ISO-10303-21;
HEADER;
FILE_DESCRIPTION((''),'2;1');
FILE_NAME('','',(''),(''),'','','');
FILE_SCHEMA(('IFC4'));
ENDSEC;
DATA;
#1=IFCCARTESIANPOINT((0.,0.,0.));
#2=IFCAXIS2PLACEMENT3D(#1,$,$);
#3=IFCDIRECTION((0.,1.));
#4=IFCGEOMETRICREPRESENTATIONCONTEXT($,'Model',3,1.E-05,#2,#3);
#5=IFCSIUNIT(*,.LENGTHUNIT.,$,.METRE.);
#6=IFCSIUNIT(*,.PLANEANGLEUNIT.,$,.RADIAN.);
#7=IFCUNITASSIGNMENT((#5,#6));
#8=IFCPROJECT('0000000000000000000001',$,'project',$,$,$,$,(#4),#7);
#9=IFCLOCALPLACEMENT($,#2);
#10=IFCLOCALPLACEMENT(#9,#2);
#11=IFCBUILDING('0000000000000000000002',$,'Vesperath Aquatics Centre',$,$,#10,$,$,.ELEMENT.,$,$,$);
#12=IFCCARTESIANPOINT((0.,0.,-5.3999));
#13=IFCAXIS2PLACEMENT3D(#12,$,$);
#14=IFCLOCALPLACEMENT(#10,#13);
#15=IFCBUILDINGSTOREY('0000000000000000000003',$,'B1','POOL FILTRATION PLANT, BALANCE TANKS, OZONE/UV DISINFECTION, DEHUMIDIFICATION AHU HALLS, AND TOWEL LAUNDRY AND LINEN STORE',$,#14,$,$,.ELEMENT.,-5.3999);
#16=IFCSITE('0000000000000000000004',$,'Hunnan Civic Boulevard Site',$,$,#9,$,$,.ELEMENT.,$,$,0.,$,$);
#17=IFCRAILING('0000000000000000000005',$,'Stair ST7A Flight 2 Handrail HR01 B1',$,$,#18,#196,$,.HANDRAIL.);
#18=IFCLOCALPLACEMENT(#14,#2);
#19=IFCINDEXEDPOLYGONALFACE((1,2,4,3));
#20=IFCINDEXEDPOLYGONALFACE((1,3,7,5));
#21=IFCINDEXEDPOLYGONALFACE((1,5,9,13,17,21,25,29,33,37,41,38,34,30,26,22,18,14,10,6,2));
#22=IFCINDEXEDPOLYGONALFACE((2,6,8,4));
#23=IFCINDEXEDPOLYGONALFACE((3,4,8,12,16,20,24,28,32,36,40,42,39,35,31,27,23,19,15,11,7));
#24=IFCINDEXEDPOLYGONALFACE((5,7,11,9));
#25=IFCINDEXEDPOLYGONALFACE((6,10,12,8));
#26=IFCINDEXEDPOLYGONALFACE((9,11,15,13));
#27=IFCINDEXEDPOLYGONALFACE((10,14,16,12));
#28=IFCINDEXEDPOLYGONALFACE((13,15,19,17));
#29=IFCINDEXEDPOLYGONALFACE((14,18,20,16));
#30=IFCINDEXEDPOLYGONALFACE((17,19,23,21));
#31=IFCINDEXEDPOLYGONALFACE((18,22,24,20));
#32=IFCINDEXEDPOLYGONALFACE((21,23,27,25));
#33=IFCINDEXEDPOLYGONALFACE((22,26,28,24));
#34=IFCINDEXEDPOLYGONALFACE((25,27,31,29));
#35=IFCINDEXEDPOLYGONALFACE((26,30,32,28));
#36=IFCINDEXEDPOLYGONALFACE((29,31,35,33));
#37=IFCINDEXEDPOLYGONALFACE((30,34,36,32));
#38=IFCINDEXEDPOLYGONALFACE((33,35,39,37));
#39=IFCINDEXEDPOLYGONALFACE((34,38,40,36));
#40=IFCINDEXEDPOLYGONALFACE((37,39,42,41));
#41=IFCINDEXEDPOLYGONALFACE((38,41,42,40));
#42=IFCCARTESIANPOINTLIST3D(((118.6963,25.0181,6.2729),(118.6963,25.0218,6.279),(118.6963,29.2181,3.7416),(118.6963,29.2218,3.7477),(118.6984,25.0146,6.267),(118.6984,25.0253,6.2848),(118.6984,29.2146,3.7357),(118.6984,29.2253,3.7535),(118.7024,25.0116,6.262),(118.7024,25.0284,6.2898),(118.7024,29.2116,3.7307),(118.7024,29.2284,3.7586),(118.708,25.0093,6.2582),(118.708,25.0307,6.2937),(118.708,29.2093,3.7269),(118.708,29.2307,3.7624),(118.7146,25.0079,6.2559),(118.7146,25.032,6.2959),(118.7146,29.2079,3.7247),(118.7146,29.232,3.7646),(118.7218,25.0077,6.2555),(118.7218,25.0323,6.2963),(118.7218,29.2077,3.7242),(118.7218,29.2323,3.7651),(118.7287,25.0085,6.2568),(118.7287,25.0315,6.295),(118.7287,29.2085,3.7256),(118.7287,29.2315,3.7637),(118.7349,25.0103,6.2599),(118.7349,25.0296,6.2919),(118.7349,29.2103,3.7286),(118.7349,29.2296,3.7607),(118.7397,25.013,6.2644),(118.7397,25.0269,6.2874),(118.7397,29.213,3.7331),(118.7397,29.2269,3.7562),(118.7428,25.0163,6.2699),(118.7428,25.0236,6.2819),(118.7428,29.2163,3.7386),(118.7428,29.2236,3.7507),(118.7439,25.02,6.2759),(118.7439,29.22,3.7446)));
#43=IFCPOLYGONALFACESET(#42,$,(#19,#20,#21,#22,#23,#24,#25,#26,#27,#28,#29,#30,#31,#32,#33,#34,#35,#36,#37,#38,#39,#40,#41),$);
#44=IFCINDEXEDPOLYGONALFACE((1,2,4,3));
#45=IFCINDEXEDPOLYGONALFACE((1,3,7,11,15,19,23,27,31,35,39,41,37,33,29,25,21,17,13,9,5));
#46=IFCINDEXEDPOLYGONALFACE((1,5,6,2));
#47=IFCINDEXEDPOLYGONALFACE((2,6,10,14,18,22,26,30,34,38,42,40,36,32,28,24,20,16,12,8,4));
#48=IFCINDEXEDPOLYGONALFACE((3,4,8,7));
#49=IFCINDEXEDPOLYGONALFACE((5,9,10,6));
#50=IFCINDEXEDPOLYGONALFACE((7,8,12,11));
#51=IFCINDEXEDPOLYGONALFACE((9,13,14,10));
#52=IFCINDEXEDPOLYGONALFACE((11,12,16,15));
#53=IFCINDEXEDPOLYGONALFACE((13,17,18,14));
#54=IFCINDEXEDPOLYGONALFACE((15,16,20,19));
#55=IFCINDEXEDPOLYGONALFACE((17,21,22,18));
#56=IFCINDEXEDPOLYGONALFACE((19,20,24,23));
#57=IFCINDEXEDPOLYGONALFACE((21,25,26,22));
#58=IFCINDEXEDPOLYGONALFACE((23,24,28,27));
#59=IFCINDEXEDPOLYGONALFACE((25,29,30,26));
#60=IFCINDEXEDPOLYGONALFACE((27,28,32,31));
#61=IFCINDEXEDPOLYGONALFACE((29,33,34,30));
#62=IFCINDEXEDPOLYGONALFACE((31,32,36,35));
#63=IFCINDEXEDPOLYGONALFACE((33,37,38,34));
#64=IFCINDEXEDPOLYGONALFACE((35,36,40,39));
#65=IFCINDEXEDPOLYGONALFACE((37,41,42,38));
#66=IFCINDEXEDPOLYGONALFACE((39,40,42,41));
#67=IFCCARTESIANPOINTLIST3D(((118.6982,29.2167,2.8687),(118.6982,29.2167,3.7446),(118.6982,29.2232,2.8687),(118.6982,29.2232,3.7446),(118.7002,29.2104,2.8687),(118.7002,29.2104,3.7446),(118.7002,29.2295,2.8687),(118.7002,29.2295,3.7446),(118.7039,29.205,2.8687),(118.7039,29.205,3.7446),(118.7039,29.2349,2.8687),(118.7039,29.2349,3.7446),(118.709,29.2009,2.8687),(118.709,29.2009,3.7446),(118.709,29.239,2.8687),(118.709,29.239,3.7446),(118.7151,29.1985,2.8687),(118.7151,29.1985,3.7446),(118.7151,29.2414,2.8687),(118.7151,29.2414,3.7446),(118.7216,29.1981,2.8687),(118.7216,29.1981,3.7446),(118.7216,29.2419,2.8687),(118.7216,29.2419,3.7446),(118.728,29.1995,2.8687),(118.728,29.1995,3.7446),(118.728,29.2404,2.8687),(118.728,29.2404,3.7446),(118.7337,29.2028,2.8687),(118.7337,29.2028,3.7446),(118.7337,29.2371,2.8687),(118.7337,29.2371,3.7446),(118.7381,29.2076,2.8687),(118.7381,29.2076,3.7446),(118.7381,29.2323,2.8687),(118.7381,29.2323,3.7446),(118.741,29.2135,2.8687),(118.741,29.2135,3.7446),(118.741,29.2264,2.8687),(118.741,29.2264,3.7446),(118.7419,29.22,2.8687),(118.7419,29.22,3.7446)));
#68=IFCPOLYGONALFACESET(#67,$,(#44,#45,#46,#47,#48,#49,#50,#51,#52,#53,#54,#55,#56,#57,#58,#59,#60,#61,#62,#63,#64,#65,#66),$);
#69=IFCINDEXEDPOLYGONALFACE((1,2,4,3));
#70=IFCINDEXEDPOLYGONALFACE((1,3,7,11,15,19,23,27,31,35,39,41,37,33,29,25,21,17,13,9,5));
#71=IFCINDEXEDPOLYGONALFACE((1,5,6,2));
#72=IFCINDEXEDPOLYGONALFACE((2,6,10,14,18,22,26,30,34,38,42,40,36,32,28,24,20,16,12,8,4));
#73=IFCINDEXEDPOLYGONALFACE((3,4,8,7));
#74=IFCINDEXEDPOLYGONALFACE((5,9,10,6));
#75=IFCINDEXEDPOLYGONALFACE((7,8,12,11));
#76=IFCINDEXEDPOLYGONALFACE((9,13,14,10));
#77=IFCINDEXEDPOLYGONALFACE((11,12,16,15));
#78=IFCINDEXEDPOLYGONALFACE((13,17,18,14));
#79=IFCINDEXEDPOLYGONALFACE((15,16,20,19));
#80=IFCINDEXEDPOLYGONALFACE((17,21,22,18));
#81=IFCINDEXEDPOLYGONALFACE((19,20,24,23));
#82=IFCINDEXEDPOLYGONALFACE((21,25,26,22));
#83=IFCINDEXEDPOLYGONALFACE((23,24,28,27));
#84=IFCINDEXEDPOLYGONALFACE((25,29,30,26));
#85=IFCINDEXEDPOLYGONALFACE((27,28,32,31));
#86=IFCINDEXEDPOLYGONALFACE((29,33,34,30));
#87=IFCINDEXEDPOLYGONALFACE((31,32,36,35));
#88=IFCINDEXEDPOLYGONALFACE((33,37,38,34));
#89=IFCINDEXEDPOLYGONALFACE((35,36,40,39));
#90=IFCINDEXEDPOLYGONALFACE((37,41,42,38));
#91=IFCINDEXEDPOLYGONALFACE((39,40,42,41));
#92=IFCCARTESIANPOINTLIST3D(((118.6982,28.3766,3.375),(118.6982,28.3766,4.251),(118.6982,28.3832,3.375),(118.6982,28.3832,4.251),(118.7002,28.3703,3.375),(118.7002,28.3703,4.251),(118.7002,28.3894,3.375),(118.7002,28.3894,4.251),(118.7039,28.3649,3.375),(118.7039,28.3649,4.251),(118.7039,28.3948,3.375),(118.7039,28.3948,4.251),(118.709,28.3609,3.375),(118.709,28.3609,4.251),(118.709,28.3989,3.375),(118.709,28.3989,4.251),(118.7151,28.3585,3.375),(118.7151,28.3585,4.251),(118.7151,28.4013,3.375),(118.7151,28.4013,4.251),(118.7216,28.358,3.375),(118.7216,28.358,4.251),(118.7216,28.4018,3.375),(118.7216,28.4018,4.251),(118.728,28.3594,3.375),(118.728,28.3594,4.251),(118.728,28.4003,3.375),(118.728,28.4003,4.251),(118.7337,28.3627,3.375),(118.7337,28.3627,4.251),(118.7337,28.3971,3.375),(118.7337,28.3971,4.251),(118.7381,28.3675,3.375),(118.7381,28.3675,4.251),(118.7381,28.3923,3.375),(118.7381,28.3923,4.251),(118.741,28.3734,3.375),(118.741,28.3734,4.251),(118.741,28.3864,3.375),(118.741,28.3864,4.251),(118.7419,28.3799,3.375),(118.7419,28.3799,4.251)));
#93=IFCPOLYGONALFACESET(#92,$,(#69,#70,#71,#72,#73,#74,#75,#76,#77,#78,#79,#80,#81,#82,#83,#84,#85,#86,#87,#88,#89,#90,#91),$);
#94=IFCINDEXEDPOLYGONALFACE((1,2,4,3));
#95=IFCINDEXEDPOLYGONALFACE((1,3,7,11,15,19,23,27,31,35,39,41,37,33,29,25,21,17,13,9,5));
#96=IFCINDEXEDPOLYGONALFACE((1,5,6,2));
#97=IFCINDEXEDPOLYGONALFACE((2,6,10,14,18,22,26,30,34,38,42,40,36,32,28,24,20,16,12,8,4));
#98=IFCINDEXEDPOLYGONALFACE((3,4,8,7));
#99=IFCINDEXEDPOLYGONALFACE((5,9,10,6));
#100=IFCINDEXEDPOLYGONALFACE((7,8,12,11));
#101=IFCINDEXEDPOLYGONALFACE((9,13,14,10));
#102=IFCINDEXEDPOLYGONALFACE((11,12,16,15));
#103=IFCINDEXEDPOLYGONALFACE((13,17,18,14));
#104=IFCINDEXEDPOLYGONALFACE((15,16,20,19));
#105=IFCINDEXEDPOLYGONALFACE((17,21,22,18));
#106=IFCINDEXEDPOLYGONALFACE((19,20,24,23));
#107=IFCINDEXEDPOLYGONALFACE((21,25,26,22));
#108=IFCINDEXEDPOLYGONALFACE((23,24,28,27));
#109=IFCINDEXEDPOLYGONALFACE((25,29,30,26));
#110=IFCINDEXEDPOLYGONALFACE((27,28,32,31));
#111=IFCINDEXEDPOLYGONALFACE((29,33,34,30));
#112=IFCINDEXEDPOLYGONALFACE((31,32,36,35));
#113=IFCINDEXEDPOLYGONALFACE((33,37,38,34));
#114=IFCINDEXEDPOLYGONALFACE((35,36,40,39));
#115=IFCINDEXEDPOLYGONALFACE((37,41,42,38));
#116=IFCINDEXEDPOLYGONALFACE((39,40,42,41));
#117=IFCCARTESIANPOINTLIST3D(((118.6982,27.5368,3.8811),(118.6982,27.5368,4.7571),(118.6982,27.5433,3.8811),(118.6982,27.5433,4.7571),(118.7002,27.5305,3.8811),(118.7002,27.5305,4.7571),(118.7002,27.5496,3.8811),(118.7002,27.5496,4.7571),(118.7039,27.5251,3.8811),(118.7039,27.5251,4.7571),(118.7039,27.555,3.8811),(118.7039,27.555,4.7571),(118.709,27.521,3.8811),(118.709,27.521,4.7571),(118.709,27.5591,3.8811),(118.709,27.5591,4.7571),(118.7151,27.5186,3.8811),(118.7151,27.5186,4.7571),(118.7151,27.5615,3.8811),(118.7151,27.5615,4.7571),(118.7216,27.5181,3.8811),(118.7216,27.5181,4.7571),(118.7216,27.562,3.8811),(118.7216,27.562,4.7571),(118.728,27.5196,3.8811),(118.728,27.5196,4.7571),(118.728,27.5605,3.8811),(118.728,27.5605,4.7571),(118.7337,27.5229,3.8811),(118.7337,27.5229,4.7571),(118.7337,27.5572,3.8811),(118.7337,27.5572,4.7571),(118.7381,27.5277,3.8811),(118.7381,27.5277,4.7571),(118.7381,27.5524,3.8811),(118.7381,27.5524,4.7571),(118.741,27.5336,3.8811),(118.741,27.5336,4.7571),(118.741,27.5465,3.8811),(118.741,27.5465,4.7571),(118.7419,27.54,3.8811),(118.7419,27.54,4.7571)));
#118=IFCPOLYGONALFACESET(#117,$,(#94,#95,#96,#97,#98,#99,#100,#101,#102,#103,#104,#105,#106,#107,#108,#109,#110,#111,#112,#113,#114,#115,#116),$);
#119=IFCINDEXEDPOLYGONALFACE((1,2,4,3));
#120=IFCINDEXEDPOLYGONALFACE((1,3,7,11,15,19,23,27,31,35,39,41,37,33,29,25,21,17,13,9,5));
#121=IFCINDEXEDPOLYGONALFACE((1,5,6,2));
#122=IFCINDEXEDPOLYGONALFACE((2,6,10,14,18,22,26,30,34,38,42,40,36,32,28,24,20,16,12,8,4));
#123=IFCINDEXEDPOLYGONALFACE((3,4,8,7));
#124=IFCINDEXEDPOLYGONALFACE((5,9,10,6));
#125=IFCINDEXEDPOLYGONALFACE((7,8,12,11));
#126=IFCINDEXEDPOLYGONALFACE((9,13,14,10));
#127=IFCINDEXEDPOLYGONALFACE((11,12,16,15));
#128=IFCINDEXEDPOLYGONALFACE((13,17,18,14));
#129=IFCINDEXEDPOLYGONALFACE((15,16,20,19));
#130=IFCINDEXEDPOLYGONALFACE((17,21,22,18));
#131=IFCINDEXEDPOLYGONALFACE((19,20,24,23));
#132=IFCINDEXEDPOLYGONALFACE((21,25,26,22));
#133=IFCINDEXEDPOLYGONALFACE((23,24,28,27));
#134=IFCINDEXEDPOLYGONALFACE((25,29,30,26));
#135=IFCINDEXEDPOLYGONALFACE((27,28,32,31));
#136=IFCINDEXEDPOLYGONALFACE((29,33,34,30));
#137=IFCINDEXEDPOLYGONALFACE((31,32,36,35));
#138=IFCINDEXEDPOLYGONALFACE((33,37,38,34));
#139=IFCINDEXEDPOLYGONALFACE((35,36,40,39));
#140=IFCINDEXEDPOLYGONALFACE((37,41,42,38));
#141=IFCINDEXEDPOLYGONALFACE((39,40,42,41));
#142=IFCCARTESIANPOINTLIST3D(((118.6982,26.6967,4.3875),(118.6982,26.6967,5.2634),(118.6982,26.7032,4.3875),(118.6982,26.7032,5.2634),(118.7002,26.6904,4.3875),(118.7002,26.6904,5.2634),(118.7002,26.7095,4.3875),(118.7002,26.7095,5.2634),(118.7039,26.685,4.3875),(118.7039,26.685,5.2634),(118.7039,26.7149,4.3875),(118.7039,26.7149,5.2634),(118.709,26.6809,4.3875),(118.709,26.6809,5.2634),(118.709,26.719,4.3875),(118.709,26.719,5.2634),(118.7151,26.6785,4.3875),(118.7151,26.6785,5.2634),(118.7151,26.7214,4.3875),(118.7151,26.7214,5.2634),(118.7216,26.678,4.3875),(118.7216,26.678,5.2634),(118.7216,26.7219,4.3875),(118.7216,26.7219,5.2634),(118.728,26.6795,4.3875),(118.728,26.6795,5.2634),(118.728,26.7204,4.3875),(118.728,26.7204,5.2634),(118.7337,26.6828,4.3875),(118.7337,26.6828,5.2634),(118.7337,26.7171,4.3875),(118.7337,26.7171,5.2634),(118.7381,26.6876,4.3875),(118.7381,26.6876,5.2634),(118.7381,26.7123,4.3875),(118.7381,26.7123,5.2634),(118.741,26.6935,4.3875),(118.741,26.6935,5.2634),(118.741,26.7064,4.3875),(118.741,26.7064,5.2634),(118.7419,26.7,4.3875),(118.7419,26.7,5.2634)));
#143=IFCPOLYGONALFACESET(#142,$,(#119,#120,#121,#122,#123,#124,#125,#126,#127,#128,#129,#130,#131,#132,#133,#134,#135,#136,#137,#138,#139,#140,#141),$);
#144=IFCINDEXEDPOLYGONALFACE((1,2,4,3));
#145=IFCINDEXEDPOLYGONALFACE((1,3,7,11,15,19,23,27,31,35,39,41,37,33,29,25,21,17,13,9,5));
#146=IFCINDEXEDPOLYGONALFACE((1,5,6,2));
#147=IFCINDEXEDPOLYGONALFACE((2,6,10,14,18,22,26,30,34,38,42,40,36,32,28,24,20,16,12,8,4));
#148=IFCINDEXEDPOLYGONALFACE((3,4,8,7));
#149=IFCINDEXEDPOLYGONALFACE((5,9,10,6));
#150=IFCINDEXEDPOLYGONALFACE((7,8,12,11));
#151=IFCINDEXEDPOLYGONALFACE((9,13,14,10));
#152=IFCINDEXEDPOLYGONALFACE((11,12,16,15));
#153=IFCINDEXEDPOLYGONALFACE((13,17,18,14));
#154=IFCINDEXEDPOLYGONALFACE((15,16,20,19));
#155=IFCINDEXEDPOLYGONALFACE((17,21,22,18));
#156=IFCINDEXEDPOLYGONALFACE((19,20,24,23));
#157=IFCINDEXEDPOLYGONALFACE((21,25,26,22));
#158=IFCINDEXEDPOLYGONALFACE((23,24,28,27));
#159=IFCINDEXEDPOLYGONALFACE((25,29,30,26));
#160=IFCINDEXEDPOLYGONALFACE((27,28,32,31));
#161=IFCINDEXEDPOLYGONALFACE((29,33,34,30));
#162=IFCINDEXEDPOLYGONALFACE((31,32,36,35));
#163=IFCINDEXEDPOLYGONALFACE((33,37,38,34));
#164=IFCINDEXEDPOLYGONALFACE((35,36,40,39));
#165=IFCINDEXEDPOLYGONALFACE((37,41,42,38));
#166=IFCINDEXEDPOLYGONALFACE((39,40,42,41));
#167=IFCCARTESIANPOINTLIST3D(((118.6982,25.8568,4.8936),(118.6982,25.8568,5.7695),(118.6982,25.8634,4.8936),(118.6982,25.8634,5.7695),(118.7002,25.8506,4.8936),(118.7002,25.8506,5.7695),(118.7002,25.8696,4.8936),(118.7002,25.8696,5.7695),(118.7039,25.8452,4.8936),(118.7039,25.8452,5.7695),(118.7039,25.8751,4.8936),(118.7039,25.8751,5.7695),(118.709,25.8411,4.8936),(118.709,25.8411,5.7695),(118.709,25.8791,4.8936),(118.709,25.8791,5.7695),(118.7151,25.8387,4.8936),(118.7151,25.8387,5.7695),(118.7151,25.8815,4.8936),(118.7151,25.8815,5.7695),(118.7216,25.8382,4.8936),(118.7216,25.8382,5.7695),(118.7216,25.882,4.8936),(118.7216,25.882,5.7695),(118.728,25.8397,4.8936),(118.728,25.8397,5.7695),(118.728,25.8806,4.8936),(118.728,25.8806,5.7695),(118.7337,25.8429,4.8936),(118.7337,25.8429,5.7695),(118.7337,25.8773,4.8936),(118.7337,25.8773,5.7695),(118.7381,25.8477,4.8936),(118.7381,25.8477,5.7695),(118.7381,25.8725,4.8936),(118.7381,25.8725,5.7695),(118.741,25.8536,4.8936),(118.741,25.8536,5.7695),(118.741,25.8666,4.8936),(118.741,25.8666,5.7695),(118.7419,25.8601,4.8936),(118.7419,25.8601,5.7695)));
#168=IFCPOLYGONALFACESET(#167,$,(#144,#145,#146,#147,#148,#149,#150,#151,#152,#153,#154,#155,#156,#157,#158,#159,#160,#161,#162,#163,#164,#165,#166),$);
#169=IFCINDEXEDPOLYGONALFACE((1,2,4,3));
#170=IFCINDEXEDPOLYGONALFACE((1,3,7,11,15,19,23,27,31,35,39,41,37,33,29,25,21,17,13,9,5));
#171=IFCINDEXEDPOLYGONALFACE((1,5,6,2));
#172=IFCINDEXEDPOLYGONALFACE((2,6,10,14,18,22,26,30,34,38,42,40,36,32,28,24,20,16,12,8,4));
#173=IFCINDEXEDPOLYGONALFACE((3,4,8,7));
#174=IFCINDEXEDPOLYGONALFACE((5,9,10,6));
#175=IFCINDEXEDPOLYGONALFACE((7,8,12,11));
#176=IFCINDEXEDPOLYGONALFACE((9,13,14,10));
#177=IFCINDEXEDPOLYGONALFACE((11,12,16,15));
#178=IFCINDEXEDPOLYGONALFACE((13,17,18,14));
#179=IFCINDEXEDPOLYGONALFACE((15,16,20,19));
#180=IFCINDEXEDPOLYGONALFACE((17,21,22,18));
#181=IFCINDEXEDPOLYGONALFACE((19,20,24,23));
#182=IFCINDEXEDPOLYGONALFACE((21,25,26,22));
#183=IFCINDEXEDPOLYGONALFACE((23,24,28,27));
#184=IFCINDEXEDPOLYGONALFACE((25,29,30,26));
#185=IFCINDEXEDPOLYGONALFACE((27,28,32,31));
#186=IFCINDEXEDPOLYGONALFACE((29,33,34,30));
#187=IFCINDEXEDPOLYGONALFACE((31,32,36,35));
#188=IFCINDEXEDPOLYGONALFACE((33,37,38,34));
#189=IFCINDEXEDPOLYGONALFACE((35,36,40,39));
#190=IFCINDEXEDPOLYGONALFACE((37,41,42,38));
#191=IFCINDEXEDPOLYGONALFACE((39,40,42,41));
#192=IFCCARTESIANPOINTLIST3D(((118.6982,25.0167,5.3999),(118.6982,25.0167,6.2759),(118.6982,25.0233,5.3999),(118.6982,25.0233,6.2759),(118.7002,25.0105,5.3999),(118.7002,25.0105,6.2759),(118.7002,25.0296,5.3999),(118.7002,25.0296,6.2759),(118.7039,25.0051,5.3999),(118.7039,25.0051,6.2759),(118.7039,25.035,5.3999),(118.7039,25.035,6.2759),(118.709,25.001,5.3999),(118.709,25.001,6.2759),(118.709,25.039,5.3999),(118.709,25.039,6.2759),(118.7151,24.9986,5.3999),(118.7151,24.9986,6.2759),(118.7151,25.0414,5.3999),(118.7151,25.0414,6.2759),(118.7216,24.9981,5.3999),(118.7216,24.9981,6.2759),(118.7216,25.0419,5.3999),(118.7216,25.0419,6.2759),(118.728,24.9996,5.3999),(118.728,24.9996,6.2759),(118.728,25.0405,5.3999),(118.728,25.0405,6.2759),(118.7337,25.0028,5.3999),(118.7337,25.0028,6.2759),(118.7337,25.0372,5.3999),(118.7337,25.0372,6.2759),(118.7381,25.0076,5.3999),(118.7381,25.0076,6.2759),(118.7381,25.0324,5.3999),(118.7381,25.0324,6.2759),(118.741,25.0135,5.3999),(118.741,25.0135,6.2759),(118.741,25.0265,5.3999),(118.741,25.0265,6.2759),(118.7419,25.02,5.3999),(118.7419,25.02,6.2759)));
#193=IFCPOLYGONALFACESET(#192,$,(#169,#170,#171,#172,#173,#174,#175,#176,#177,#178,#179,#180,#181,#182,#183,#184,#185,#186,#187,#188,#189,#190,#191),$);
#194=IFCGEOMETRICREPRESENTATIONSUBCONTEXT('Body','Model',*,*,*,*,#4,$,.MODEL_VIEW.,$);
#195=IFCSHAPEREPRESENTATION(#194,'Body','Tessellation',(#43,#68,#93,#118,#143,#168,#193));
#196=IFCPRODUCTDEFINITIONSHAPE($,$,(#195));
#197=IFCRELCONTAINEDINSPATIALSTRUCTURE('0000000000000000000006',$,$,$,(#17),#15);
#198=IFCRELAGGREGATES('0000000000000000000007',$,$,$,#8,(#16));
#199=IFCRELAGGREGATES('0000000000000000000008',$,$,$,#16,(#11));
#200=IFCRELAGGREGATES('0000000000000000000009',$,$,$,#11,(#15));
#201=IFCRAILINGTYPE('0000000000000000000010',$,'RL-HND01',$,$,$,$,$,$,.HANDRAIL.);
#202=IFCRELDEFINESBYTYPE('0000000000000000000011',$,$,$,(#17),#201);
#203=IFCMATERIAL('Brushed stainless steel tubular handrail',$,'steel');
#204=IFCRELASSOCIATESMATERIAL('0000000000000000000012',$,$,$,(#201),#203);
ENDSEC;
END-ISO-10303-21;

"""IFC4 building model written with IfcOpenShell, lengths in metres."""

from ifc_helpers import new_model, si_unit, direction, frame, origin, origin_2d, place, context, subcontext, project, spatial, circle, extrude, material, type_object, element, save


model = new_model("IFC4")

# Units and contexts
model_context = context("Model", 3, precision=1e-05, world=origin(), true_north=direction((0.0, 1.0)))
body_context = subcontext(model_context, "Body", "Model", "MODEL_VIEW")
ifc_project = project(units=[si_unit("LENGTHUNIT", "METRE"), si_unit("PLANEANGLEUNIT", "RADIAN")], contexts=[model_context])

# Site, building, storey
site_placement = place(None, origin())
site = spatial("IfcSite", under=ifc_project, at=site_placement, Name="Hunnan Civic Boulevard Site", CompositionType="ELEMENT", RefElevation=0.0)
building_placement = place(site_placement, origin())
building = spatial("IfcBuilding", under=site, at=building_placement, Name="Vesperath Aquatics Centre", CompositionType="ELEMENT")
storey_placement = place(building_placement, frame((0.0, 0.0, -5.3999)))
storey = spatial("IfcBuildingStorey", under=building, at=storey_placement, Name="B1", Description="POOL FILTRATION PLANT, BALANCE TANKS, OZONE/UV DISINFECTION, DEHUMIDIFICATION AHU HALLS, AND TOWEL LAUNDRY AND LINEN STORE", CompositionType="ELEMENT", Elevation=-5.3999)

# Railing
ifc_material_1 = material(Name="Brushed stainless steel tubular handrail", Category="steel")
railing_type_1 = type_object("IfcRailingType", Name="RL-HND01", PredefinedType="HANDRAIL", material=ifc_material_1)
for number, where, name in (
    (1, (118.72, 29.22, 2.8687), "Stair ST7A Flight 2 Handrail HR01 B1"),
):
    element("IfcRailing", number, at=place(storey_placement, frame(where)), inside=storey, type_object=railing_type_1, Name=name, PredefinedType="HANDRAIL", context=body_context, shape_type="SweptSolid", body=[
        extrude(circle(Radius=0.0239, at=origin_2d()), frame((0.0, 0.0, 0.876), z_axis=(0.0, -0.856476, 0.516186), x_axis=(1.0, 0.0, 0.0)), (0.0, 0.0, 1.0), 4.9038),
        extrude(circle(Radius=0.022, at=origin_2d()), origin(), (0.0, 0.0, 1.0), 0.876),
        extrude(circle(Radius=0.022, at=origin_2d()), frame((0.0, -0.8401, 0.5063)), (0.0, 0.0, 1.0), 0.876),
        extrude(circle(Radius=0.022, at=origin_2d()), frame((0.0, -1.6799, 1.0125)), (0.0, 0.0, 1.0), 0.876),
        extrude(circle(Radius=0.022, at=origin_2d()), frame((0.0, -2.52, 1.5188)), (0.0, 0.0, 1.0), 0.876),
        extrude(circle(Radius=0.022, at=origin_2d()), frame((0.0, -3.3599, 2.0249)), (0.0, 0.0, 1.0), 0.876),
        extrude(circle(Radius=0.022, at=origin_2d()), frame((0.0, -4.2, 2.5312)), (0.0, 0.0, 1.0), 0.876),
    ])

save(model, "model.ifc")
